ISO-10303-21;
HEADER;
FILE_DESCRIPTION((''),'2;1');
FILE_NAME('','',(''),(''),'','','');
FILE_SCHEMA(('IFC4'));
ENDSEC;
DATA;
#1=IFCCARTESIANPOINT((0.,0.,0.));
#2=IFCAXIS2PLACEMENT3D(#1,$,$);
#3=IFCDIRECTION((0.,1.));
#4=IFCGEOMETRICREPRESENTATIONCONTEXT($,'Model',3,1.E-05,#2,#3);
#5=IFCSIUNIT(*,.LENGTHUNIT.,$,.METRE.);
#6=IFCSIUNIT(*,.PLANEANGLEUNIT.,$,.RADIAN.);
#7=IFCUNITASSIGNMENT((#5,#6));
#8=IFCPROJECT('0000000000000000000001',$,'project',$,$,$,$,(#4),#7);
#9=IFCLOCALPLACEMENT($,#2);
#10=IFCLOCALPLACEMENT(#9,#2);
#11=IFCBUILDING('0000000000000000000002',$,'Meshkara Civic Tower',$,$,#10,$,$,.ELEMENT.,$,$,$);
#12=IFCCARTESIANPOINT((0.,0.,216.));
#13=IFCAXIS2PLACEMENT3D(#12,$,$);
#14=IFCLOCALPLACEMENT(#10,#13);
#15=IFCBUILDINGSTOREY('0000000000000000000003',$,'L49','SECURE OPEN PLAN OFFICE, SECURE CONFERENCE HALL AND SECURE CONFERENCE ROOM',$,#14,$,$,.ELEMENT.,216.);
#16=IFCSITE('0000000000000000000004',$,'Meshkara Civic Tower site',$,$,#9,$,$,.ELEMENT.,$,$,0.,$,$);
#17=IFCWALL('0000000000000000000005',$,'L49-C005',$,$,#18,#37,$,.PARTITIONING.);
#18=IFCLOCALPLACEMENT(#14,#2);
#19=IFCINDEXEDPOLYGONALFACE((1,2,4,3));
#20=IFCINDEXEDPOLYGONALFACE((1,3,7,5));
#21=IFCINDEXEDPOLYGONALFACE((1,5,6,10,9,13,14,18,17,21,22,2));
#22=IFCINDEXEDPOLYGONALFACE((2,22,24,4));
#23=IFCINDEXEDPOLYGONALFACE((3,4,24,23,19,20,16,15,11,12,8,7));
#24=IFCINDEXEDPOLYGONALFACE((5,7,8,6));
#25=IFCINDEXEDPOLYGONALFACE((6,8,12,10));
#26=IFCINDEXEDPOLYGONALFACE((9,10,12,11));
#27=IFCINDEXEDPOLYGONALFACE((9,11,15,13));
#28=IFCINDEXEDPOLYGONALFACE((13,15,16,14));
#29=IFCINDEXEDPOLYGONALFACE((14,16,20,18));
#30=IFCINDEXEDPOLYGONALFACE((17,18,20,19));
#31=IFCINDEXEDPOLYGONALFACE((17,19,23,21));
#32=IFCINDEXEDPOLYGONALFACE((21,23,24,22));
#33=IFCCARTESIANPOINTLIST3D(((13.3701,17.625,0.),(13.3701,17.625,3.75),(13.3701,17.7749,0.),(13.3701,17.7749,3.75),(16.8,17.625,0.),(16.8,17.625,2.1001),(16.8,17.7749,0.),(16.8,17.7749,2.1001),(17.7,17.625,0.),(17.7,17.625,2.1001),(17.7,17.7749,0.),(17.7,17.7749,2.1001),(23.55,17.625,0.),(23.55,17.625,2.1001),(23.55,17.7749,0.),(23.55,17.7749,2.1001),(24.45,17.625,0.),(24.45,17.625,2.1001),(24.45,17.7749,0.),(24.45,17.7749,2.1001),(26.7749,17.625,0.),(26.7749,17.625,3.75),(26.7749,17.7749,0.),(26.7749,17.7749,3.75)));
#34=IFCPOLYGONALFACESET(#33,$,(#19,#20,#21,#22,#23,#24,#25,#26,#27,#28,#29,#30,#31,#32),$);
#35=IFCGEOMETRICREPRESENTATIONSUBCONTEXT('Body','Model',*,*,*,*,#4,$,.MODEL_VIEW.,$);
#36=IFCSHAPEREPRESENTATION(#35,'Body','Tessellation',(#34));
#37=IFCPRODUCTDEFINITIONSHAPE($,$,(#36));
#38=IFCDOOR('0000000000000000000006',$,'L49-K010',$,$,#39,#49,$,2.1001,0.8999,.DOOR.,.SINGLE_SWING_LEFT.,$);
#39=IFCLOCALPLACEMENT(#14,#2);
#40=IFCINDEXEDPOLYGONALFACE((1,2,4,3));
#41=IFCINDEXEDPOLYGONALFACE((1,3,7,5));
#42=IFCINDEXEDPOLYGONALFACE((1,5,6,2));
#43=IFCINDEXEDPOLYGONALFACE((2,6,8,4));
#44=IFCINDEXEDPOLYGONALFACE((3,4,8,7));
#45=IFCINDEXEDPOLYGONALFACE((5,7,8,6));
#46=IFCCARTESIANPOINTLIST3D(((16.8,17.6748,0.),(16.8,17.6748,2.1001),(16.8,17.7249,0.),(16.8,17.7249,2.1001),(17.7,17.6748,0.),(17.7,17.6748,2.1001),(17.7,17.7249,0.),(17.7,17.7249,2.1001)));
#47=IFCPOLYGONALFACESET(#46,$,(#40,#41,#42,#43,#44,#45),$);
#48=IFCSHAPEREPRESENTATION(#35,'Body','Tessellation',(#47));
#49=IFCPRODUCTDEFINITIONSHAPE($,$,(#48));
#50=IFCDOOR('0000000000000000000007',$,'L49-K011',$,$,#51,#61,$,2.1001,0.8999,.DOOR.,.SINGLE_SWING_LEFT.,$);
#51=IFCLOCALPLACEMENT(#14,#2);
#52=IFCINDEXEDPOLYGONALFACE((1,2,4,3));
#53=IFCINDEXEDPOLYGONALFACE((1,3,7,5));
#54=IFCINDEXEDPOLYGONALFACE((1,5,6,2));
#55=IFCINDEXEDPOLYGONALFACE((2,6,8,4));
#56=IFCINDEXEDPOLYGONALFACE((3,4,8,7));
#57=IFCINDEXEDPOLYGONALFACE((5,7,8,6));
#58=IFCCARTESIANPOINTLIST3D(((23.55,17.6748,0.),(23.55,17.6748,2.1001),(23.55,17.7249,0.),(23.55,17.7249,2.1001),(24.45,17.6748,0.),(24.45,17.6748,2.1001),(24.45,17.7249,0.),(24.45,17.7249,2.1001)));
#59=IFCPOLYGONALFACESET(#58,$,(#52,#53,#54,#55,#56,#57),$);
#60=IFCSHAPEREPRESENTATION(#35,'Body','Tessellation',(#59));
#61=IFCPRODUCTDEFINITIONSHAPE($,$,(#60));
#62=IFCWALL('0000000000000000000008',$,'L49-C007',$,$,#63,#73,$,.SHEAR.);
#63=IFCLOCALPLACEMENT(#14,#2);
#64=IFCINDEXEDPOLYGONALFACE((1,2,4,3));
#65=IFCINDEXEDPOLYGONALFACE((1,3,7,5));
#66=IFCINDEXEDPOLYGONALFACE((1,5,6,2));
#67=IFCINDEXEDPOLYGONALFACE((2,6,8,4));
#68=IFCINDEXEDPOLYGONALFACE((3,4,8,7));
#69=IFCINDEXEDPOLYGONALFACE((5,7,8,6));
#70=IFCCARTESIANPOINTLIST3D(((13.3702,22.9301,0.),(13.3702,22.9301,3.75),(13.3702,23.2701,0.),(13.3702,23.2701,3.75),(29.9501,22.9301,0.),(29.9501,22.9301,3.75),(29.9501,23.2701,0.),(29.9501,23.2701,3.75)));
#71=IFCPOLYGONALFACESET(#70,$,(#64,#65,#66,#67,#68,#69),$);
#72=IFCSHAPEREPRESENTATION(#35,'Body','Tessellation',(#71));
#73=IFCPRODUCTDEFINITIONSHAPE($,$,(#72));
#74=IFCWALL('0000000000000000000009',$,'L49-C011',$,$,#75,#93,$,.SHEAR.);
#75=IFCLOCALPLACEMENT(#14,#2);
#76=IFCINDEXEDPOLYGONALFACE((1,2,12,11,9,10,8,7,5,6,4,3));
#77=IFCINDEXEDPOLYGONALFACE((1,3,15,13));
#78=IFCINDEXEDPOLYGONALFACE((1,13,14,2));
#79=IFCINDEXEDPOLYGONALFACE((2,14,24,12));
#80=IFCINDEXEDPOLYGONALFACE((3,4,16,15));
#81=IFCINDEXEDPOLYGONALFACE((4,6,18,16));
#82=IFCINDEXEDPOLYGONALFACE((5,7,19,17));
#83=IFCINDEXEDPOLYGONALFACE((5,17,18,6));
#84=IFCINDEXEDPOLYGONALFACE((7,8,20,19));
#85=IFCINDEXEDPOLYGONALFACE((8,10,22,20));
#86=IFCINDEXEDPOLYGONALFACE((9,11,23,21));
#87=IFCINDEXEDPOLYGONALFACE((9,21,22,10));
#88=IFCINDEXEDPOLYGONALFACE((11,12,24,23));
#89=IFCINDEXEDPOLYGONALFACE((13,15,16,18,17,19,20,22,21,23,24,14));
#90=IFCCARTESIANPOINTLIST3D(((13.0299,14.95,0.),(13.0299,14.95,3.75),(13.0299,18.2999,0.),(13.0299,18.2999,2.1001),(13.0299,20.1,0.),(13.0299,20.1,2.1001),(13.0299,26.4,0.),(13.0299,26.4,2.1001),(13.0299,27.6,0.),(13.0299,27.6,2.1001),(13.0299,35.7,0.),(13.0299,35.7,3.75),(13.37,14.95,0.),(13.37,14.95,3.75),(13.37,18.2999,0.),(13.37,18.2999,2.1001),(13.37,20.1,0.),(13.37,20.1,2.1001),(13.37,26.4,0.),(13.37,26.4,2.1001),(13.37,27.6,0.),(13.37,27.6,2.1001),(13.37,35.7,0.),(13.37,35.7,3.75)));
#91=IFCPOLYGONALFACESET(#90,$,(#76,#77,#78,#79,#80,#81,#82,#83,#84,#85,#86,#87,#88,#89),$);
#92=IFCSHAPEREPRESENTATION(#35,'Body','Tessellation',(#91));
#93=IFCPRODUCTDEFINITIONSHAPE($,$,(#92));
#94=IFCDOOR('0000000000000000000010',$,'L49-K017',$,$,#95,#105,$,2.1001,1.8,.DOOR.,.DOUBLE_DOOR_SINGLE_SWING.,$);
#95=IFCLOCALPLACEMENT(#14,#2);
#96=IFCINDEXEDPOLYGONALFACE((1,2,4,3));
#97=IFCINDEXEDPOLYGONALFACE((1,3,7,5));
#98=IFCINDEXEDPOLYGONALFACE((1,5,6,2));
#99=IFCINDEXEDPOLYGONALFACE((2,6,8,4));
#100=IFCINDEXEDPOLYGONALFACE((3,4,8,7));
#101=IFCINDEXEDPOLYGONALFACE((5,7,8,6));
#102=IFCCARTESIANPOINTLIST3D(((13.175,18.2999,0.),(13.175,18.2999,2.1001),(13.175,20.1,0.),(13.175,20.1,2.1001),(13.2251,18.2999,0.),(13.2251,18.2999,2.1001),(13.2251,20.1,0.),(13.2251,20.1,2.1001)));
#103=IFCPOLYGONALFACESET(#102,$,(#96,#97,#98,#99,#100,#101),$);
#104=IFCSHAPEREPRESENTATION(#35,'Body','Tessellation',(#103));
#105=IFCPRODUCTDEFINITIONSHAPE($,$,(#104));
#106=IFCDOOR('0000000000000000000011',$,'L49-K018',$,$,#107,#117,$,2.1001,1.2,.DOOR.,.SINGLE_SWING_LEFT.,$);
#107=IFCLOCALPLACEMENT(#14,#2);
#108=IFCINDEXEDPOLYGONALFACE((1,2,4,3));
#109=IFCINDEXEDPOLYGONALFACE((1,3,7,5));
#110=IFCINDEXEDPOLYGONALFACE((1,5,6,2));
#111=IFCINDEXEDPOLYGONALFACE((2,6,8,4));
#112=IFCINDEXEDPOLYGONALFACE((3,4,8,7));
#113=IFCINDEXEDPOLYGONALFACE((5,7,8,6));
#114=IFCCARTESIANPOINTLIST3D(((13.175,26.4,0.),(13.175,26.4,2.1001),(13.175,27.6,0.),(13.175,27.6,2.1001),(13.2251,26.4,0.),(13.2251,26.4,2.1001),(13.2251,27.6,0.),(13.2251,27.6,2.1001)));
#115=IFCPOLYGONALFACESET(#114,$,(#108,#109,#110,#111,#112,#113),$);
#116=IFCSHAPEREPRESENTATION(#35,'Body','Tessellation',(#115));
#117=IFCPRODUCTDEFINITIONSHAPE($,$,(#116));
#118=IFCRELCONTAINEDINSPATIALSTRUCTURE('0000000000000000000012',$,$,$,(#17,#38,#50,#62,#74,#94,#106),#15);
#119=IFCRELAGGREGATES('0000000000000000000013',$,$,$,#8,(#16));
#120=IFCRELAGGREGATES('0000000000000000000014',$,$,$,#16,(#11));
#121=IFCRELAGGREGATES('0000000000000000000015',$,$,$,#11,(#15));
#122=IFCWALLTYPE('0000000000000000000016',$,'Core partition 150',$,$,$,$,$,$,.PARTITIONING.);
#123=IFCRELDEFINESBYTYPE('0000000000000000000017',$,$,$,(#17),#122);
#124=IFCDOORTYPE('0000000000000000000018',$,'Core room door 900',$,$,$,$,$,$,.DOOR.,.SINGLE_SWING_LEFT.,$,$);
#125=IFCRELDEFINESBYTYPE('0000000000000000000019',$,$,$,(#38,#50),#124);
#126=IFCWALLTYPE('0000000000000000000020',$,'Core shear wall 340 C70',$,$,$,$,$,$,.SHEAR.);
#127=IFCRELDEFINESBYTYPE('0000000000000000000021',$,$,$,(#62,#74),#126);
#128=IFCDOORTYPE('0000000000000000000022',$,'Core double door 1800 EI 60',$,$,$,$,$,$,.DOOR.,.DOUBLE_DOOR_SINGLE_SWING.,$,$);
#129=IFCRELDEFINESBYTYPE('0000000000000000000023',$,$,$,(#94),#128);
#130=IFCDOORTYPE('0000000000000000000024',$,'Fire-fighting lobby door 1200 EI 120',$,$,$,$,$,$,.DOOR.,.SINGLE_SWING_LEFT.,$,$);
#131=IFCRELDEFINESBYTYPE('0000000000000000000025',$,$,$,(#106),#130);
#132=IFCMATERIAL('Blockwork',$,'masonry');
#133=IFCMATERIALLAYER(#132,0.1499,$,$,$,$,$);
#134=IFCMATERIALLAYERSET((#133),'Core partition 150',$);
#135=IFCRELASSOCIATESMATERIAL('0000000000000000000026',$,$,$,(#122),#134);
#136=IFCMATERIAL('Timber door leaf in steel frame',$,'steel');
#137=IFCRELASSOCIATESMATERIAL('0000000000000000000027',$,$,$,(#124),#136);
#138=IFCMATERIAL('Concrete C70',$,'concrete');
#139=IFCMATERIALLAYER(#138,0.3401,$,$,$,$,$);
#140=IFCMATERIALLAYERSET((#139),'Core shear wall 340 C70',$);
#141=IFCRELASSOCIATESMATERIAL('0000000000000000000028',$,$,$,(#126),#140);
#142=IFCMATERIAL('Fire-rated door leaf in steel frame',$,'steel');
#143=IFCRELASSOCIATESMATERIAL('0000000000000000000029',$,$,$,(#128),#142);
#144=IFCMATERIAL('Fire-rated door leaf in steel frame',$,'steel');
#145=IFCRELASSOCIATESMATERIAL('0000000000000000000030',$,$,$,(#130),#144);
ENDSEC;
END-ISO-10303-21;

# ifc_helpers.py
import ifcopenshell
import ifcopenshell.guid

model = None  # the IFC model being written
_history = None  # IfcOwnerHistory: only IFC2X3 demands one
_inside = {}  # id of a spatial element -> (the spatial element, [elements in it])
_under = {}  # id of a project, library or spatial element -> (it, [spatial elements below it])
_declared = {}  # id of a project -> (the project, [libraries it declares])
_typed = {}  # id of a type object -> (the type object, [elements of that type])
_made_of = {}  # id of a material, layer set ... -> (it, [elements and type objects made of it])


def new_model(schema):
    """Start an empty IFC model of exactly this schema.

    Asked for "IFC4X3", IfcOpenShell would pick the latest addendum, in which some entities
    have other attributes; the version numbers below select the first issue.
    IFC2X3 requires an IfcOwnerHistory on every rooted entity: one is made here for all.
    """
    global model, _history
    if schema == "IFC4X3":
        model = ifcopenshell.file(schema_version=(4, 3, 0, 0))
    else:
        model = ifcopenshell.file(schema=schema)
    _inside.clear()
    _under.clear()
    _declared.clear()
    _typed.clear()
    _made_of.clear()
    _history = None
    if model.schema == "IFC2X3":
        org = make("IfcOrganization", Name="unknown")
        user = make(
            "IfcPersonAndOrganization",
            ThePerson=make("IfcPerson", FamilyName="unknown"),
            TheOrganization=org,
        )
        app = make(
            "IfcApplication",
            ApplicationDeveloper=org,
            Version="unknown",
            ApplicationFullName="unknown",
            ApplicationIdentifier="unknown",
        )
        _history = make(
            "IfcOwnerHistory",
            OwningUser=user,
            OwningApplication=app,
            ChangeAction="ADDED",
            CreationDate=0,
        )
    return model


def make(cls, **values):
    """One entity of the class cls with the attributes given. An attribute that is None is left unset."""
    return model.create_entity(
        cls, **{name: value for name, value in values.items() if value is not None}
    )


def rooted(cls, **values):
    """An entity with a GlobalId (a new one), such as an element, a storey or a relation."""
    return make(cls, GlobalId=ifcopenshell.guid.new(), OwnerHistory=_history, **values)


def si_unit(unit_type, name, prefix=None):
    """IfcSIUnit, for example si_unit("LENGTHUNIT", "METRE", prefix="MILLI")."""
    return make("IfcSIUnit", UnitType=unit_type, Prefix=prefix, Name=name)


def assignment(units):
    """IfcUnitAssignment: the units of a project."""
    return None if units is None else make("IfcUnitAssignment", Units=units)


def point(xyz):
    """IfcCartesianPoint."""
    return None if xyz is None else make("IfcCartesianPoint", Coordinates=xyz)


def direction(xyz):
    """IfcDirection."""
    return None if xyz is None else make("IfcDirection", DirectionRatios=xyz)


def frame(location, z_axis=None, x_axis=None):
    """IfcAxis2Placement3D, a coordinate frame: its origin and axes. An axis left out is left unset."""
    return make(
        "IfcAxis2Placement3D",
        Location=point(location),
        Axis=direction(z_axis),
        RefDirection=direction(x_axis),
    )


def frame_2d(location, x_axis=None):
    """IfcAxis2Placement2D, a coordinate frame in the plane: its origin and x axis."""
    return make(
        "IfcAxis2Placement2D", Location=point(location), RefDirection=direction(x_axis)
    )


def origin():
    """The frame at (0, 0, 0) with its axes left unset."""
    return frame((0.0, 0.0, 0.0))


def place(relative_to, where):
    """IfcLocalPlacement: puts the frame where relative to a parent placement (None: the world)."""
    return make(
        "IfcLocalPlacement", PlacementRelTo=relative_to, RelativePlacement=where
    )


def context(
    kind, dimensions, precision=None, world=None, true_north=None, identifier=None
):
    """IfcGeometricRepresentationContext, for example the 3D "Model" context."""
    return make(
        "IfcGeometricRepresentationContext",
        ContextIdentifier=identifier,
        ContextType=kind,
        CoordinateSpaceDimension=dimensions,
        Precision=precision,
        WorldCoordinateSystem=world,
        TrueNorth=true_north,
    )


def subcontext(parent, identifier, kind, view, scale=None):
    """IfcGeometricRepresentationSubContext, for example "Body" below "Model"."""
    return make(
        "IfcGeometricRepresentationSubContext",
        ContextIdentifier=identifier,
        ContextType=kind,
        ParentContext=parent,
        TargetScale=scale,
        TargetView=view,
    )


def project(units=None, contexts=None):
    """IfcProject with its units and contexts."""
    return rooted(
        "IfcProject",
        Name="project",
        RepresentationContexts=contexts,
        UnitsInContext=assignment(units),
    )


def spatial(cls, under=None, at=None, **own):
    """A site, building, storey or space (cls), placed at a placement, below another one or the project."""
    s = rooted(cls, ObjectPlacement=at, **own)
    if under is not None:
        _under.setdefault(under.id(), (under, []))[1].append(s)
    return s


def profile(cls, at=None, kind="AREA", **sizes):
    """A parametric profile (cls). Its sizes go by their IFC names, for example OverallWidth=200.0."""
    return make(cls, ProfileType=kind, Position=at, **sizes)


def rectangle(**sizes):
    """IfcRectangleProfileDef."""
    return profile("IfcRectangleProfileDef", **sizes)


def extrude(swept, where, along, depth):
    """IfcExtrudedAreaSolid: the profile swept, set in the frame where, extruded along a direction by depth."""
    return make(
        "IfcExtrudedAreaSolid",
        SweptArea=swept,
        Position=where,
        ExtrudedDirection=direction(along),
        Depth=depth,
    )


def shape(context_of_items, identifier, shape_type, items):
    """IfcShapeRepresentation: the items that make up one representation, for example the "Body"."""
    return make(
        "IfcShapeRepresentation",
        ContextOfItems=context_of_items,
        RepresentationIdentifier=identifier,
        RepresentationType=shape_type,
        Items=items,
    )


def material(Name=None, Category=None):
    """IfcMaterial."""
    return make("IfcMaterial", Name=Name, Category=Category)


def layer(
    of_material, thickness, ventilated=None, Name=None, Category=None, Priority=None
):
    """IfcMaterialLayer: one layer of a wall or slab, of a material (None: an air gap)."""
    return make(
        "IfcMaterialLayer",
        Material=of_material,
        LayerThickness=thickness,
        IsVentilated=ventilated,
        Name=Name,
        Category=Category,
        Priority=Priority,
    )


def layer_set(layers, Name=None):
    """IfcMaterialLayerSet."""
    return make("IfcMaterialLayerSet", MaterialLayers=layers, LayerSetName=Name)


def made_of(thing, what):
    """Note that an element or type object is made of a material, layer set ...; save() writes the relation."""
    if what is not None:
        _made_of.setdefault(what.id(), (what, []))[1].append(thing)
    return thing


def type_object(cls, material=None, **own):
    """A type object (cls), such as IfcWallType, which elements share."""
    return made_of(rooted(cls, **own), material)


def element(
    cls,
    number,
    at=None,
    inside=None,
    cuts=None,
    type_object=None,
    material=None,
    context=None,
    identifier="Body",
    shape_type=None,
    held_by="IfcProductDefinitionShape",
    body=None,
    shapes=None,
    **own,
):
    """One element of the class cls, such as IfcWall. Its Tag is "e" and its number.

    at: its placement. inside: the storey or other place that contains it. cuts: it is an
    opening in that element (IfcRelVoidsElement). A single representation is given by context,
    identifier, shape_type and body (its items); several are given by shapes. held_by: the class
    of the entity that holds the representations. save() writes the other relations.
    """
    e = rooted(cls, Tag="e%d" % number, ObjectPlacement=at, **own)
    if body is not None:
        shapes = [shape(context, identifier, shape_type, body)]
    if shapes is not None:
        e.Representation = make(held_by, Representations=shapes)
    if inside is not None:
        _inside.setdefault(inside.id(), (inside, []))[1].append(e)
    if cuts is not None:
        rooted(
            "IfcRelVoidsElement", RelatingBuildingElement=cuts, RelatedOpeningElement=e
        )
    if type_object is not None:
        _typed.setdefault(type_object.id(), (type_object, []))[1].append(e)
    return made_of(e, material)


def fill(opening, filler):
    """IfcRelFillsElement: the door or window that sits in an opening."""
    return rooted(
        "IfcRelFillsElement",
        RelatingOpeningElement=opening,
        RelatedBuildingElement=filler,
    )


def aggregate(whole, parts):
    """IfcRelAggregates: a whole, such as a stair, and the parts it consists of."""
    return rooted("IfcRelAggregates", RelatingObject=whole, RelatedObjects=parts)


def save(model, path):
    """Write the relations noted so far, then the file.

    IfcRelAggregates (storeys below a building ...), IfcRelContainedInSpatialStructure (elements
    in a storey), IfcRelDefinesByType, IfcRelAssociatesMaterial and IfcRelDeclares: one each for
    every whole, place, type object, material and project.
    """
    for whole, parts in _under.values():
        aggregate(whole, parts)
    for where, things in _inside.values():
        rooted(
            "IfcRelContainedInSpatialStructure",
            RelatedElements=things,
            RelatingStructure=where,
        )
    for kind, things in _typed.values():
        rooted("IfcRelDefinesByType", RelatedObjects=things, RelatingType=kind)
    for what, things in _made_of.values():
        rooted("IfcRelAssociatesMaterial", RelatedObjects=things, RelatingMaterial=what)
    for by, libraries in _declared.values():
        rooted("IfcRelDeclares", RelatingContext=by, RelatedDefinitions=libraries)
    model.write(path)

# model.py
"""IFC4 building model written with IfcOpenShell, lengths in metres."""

from ifc_helpers import new_model, si_unit, direction, frame, frame_2d, origin, place, context, subcontext, project, spatial, rectangle, extrude, material, layer, layer_set, type_object, element, fill, save


model = new_model("IFC4")

# Units and contexts
model_context = context("Model", 3, precision=1e-05, world=origin(), true_north=direction((0.0, 1.0)))
body_context = subcontext(model_context, "Body", "Model", "MODEL_VIEW")
ifc_project = project(units=[si_unit("LENGTHUNIT", "METRE"), si_unit("PLANEANGLEUNIT", "RADIAN")], contexts=[model_context])

# Site, building, storey
site_placement = place(None, origin())
site = spatial("IfcSite", under=ifc_project, at=site_placement, Name="Meshkara Civic Tower site", CompositionType="ELEMENT", RefElevation=0.0)
building_placement = place(site_placement, origin())
building = spatial("IfcBuilding", under=site, at=building_placement, Name="Meshkara Civic Tower", CompositionType="ELEMENT")
storey_placement = place(building_placement, frame((0.0, 0.0, 216.0)))
storey = spatial("IfcBuildingStorey", under=building, at=storey_placement, Name="L49", Description="SECURE OPEN PLAN OFFICE, SECURE CONFERENCE HALL AND SECURE CONFERENCE ROOM", CompositionType="ELEMENT", Elevation=216.0)

# Wall, openings, doors
ifc_material_1 = material(Name="Blockwork", Category="masonry")
ifc_layer_1 = layer(ifc_material_1, 0.1499)
ifc_layer_set_1 = layer_set([ifc_layer_1], Name="Core partition 150")
wall_type_1 = type_object("IfcWallType", Name="Core partition 150", PredefinedType="PARTITIONING", material=ifc_layer_set_1)
wall_1_placement = place(storey_placement, frame((13.3701, 17.7, 0.0), z_axis=(0.0, 0.0, 1.0), x_axis=(1.0, 0.0, 0.0)))
wall_1 = element("IfcWall", 1, at=wall_1_placement, inside=storey, type_object=wall_type_1, Name="L49-C005", PredefinedType="PARTITIONING", context=body_context, shape_type="SweptSolid", body=[
    extrude(rectangle(XDim=13.4048, YDim=0.1499, at=frame_2d((6.7024, 0.0))), origin(), (0.0, 0.0, 1.0), 3.75),
])
opening_1_placement = place(wall_1_placement, frame((3.4299, 0.0, 0.0)))
opening_1 = element("IfcOpeningElement", 2, at=opening_1_placement, cuts=wall_1, PredefinedType="OPENING", context=body_context, shape_type="SweptSolid", body=[
    extrude(rectangle(XDim=0.8999, YDim=2.1001, at=frame_2d((0.45, 1.05))), frame((0.0, 0.085, 0.0), z_axis=(0.0, -1.0, 0.0), x_axis=(1.0, 0.0, 0.0)), (0.0, 0.0, 1.0), 0.1699),
])
opening_2_placement = place(wall_1_placement, frame((10.1799, 0.0, 0.0)))
opening_2 = element("IfcOpeningElement", 3, at=opening_2_placement, cuts=wall_1, PredefinedType="OPENING", context=body_context, shape_type="SweptSolid", body=[
    extrude(rectangle(XDim=0.8999, YDim=2.1001, at=frame_2d((0.45, 1.05))), frame((0.0, 0.085, 0.0), z_axis=(0.0, -1.0, 0.0), x_axis=(1.0, 0.0, 0.0)), (0.0, 0.0, 1.0), 0.1699),
])
ifc_material_2 = material(Name="Timber door leaf in steel frame", Category="steel")
door_type_1 = type_object("IfcDoorType", Name="Core room door 900", OperationType="SINGLE_SWING_LEFT", PredefinedType="DOOR", material=ifc_material_2)
door_1_placement = place(opening_1_placement, origin())
door_1 = element("IfcDoor", 4, at=door_1_placement, inside=storey, type_object=door_type_1, Name="L49-K010", OperationType="SINGLE_SWING_LEFT", OverallHeight=2.1001, OverallWidth=0.8999, PredefinedType="DOOR", context=body_context, shape_type="SweptSolid", body=[
    extrude(rectangle(XDim=0.8999, YDim=2.1001, at=frame_2d((0.45, 1.05))), frame((0.0, 0.0249, 0.0), z_axis=(0.0, -1.0, 0.0), x_axis=(1.0, 0.0, 0.0)), (0.0, 0.0, 1.0), 0.05),
])
fill(opening_1, door_1)
door_2_placement = place(opening_2_placement, origin())
door_2 = element("IfcDoor", 5, at=door_2_placement, inside=storey, type_object=door_type_1, Name="L49-K011", OperationType="SINGLE_SWING_LEFT", OverallHeight=2.1001, OverallWidth=0.8999, PredefinedType="DOOR", context=body_context, shape_type="SweptSolid", body=[
    extrude(rectangle(XDim=0.8999, YDim=2.1001, at=frame_2d((0.45, 1.05))), frame((0.0, 0.0249, 0.0), z_axis=(0.0, -1.0, 0.0), x_axis=(1.0, 0.0, 0.0)), (0.0, 0.0, 1.0), 0.05),
])
fill(opening_2, door_2)

# Wall
ifc_material_3 = material(Name="Concrete C70", Category="concrete")
ifc_layer_2 = layer(ifc_material_3, 0.3401)
ifc_layer_set_2 = layer_set([ifc_layer_2], Name="Core shear wall 340 C70")
wall_type_2 = type_object("IfcWallType", Name="Core shear wall 340 C70", PredefinedType="SHEAR", material=ifc_layer_set_2)
wall_2_placement = place(storey_placement, frame((13.3701, 23.1001, 0.0), z_axis=(0.0, 0.0, 1.0), x_axis=(1.0, 0.0, 0.0)))
element("IfcWall", 6, at=wall_2_placement, inside=storey, type_object=wall_type_2, Name="L49-C007", PredefinedType="SHEAR", context=body_context, shape_type="SweptSolid", body=[
    extrude(rectangle(XDim=16.5798, YDim=0.3401, at=frame_2d((8.29, 0.0))), origin(), (0.0, 0.0, 1.0), 3.75),
])

# Wall, openings, doors
wall_3_placement = place(storey_placement, frame((13.2, 14.95, 0.0), z_axis=(0.0, 0.0, 1.0), x_axis=(0.0, 1.0, 0.0)))
wall_3 = element("IfcWall", 7, at=wall_3_placement, inside=storey, type_object=wall_type_2, Name="L49-C011", PredefinedType="SHEAR", context=body_context, shape_type="SweptSolid", body=[
    extrude(rectangle(XDim=20.75, YDim=0.3401, at=frame_2d((10.375, 0.0))), origin(), (0.0, 0.0, 1.0), 3.75),
])
opening_3_placement = place(wall_3_placement, frame((3.3501, 0.0, 0.0)))
opening_3 = element("IfcOpeningElement", 8, at=opening_3_placement, cuts=wall_3, PredefinedType="OPENING", context=body_context, shape_type="SweptSolid", body=[
    extrude(rectangle(XDim=1.8, YDim=2.1001, at=frame_2d((0.8999, 1.05))), frame((0.0, 0.1799, 0.0), z_axis=(0.0, -1.0, 0.0), x_axis=(1.0, 0.0, 0.0)), (0.0, 0.0, 1.0), 0.3601),
])
opening_4_placement = place(wall_3_placement, frame((11.45, 0.0, 0.0)))
opening_4 = element("IfcOpeningElement", 9, at=opening_4_placement, cuts=wall_3, PredefinedType="OPENING", context=body_context, shape_type="SweptSolid", body=[
    extrude(rectangle(XDim=1.2, YDim=2.1001, at=frame_2d((0.6001, 1.05))), frame((0.0, 0.1799, 0.0), z_axis=(0.0, -1.0, 0.0), x_axis=(1.0, 0.0, 0.0)), (0.0, 0.0, 1.0), 0.3601),
])
ifc_material_4 = material(Name="Fire-rated door leaf in steel frame", Category="steel")
door_type_2 = type_object("IfcDoorType", Name="Core double door 1800 EI 60", OperationType="DOUBLE_DOOR_SINGLE_SWING", PredefinedType="DOOR", material=ifc_material_4)
door_3_placement = place(opening_3_placement, origin())
door_3 = element("IfcDoor", 10, at=door_3_placement, inside=storey, type_object=door_type_2, Name="L49-K017", OperationType="DOUBLE_DOOR_SINGLE_SWING", OverallHeight=2.1001, OverallWidth=1.8, PredefinedType="DOOR", context=body_context, shape_type="SweptSolid", body=[
    extrude(rectangle(XDim=1.8, YDim=2.1001, at=frame_2d((0.8999, 1.05))), frame((0.0, 0.0249, 0.0), z_axis=(0.0, -1.0, 0.0), x_axis=(1.0, 0.0, 0.0)), (0.0, 0.0, 1.0), 0.05),
])
fill(opening_3, door_3)
ifc_material_5 = material(Name="Fire-rated door leaf in steel frame", Category="steel")
door_type_3 = type_object("IfcDoorType", Name="Fire-fighting lobby door 1200 EI 120", OperationType="SINGLE_SWING_LEFT", PredefinedType="DOOR", material=ifc_material_5)
door_4_placement = place(opening_4_placement, origin())
door_4 = element("IfcDoor", 11, at=door_4_placement, inside=storey, type_object=door_type_3, Name="L49-K018", OperationType="SINGLE_SWING_LEFT", OverallHeight=2.1001, OverallWidth=1.2, PredefinedType="DOOR", context=body_context, shape_type="SweptSolid", body=[
    extrude(rectangle(XDim=1.2, YDim=2.1001, at=frame_2d((0.6001, 1.05))), frame((0.0, 0.0249, 0.0), z_axis=(0.0, -1.0, 0.0), x_axis=(1.0, 0.0, 0.0)), (0.0, 0.0, 1.0), 0.05),
])
fill(opening_4, door_4)

save(model, "model.ifc")
